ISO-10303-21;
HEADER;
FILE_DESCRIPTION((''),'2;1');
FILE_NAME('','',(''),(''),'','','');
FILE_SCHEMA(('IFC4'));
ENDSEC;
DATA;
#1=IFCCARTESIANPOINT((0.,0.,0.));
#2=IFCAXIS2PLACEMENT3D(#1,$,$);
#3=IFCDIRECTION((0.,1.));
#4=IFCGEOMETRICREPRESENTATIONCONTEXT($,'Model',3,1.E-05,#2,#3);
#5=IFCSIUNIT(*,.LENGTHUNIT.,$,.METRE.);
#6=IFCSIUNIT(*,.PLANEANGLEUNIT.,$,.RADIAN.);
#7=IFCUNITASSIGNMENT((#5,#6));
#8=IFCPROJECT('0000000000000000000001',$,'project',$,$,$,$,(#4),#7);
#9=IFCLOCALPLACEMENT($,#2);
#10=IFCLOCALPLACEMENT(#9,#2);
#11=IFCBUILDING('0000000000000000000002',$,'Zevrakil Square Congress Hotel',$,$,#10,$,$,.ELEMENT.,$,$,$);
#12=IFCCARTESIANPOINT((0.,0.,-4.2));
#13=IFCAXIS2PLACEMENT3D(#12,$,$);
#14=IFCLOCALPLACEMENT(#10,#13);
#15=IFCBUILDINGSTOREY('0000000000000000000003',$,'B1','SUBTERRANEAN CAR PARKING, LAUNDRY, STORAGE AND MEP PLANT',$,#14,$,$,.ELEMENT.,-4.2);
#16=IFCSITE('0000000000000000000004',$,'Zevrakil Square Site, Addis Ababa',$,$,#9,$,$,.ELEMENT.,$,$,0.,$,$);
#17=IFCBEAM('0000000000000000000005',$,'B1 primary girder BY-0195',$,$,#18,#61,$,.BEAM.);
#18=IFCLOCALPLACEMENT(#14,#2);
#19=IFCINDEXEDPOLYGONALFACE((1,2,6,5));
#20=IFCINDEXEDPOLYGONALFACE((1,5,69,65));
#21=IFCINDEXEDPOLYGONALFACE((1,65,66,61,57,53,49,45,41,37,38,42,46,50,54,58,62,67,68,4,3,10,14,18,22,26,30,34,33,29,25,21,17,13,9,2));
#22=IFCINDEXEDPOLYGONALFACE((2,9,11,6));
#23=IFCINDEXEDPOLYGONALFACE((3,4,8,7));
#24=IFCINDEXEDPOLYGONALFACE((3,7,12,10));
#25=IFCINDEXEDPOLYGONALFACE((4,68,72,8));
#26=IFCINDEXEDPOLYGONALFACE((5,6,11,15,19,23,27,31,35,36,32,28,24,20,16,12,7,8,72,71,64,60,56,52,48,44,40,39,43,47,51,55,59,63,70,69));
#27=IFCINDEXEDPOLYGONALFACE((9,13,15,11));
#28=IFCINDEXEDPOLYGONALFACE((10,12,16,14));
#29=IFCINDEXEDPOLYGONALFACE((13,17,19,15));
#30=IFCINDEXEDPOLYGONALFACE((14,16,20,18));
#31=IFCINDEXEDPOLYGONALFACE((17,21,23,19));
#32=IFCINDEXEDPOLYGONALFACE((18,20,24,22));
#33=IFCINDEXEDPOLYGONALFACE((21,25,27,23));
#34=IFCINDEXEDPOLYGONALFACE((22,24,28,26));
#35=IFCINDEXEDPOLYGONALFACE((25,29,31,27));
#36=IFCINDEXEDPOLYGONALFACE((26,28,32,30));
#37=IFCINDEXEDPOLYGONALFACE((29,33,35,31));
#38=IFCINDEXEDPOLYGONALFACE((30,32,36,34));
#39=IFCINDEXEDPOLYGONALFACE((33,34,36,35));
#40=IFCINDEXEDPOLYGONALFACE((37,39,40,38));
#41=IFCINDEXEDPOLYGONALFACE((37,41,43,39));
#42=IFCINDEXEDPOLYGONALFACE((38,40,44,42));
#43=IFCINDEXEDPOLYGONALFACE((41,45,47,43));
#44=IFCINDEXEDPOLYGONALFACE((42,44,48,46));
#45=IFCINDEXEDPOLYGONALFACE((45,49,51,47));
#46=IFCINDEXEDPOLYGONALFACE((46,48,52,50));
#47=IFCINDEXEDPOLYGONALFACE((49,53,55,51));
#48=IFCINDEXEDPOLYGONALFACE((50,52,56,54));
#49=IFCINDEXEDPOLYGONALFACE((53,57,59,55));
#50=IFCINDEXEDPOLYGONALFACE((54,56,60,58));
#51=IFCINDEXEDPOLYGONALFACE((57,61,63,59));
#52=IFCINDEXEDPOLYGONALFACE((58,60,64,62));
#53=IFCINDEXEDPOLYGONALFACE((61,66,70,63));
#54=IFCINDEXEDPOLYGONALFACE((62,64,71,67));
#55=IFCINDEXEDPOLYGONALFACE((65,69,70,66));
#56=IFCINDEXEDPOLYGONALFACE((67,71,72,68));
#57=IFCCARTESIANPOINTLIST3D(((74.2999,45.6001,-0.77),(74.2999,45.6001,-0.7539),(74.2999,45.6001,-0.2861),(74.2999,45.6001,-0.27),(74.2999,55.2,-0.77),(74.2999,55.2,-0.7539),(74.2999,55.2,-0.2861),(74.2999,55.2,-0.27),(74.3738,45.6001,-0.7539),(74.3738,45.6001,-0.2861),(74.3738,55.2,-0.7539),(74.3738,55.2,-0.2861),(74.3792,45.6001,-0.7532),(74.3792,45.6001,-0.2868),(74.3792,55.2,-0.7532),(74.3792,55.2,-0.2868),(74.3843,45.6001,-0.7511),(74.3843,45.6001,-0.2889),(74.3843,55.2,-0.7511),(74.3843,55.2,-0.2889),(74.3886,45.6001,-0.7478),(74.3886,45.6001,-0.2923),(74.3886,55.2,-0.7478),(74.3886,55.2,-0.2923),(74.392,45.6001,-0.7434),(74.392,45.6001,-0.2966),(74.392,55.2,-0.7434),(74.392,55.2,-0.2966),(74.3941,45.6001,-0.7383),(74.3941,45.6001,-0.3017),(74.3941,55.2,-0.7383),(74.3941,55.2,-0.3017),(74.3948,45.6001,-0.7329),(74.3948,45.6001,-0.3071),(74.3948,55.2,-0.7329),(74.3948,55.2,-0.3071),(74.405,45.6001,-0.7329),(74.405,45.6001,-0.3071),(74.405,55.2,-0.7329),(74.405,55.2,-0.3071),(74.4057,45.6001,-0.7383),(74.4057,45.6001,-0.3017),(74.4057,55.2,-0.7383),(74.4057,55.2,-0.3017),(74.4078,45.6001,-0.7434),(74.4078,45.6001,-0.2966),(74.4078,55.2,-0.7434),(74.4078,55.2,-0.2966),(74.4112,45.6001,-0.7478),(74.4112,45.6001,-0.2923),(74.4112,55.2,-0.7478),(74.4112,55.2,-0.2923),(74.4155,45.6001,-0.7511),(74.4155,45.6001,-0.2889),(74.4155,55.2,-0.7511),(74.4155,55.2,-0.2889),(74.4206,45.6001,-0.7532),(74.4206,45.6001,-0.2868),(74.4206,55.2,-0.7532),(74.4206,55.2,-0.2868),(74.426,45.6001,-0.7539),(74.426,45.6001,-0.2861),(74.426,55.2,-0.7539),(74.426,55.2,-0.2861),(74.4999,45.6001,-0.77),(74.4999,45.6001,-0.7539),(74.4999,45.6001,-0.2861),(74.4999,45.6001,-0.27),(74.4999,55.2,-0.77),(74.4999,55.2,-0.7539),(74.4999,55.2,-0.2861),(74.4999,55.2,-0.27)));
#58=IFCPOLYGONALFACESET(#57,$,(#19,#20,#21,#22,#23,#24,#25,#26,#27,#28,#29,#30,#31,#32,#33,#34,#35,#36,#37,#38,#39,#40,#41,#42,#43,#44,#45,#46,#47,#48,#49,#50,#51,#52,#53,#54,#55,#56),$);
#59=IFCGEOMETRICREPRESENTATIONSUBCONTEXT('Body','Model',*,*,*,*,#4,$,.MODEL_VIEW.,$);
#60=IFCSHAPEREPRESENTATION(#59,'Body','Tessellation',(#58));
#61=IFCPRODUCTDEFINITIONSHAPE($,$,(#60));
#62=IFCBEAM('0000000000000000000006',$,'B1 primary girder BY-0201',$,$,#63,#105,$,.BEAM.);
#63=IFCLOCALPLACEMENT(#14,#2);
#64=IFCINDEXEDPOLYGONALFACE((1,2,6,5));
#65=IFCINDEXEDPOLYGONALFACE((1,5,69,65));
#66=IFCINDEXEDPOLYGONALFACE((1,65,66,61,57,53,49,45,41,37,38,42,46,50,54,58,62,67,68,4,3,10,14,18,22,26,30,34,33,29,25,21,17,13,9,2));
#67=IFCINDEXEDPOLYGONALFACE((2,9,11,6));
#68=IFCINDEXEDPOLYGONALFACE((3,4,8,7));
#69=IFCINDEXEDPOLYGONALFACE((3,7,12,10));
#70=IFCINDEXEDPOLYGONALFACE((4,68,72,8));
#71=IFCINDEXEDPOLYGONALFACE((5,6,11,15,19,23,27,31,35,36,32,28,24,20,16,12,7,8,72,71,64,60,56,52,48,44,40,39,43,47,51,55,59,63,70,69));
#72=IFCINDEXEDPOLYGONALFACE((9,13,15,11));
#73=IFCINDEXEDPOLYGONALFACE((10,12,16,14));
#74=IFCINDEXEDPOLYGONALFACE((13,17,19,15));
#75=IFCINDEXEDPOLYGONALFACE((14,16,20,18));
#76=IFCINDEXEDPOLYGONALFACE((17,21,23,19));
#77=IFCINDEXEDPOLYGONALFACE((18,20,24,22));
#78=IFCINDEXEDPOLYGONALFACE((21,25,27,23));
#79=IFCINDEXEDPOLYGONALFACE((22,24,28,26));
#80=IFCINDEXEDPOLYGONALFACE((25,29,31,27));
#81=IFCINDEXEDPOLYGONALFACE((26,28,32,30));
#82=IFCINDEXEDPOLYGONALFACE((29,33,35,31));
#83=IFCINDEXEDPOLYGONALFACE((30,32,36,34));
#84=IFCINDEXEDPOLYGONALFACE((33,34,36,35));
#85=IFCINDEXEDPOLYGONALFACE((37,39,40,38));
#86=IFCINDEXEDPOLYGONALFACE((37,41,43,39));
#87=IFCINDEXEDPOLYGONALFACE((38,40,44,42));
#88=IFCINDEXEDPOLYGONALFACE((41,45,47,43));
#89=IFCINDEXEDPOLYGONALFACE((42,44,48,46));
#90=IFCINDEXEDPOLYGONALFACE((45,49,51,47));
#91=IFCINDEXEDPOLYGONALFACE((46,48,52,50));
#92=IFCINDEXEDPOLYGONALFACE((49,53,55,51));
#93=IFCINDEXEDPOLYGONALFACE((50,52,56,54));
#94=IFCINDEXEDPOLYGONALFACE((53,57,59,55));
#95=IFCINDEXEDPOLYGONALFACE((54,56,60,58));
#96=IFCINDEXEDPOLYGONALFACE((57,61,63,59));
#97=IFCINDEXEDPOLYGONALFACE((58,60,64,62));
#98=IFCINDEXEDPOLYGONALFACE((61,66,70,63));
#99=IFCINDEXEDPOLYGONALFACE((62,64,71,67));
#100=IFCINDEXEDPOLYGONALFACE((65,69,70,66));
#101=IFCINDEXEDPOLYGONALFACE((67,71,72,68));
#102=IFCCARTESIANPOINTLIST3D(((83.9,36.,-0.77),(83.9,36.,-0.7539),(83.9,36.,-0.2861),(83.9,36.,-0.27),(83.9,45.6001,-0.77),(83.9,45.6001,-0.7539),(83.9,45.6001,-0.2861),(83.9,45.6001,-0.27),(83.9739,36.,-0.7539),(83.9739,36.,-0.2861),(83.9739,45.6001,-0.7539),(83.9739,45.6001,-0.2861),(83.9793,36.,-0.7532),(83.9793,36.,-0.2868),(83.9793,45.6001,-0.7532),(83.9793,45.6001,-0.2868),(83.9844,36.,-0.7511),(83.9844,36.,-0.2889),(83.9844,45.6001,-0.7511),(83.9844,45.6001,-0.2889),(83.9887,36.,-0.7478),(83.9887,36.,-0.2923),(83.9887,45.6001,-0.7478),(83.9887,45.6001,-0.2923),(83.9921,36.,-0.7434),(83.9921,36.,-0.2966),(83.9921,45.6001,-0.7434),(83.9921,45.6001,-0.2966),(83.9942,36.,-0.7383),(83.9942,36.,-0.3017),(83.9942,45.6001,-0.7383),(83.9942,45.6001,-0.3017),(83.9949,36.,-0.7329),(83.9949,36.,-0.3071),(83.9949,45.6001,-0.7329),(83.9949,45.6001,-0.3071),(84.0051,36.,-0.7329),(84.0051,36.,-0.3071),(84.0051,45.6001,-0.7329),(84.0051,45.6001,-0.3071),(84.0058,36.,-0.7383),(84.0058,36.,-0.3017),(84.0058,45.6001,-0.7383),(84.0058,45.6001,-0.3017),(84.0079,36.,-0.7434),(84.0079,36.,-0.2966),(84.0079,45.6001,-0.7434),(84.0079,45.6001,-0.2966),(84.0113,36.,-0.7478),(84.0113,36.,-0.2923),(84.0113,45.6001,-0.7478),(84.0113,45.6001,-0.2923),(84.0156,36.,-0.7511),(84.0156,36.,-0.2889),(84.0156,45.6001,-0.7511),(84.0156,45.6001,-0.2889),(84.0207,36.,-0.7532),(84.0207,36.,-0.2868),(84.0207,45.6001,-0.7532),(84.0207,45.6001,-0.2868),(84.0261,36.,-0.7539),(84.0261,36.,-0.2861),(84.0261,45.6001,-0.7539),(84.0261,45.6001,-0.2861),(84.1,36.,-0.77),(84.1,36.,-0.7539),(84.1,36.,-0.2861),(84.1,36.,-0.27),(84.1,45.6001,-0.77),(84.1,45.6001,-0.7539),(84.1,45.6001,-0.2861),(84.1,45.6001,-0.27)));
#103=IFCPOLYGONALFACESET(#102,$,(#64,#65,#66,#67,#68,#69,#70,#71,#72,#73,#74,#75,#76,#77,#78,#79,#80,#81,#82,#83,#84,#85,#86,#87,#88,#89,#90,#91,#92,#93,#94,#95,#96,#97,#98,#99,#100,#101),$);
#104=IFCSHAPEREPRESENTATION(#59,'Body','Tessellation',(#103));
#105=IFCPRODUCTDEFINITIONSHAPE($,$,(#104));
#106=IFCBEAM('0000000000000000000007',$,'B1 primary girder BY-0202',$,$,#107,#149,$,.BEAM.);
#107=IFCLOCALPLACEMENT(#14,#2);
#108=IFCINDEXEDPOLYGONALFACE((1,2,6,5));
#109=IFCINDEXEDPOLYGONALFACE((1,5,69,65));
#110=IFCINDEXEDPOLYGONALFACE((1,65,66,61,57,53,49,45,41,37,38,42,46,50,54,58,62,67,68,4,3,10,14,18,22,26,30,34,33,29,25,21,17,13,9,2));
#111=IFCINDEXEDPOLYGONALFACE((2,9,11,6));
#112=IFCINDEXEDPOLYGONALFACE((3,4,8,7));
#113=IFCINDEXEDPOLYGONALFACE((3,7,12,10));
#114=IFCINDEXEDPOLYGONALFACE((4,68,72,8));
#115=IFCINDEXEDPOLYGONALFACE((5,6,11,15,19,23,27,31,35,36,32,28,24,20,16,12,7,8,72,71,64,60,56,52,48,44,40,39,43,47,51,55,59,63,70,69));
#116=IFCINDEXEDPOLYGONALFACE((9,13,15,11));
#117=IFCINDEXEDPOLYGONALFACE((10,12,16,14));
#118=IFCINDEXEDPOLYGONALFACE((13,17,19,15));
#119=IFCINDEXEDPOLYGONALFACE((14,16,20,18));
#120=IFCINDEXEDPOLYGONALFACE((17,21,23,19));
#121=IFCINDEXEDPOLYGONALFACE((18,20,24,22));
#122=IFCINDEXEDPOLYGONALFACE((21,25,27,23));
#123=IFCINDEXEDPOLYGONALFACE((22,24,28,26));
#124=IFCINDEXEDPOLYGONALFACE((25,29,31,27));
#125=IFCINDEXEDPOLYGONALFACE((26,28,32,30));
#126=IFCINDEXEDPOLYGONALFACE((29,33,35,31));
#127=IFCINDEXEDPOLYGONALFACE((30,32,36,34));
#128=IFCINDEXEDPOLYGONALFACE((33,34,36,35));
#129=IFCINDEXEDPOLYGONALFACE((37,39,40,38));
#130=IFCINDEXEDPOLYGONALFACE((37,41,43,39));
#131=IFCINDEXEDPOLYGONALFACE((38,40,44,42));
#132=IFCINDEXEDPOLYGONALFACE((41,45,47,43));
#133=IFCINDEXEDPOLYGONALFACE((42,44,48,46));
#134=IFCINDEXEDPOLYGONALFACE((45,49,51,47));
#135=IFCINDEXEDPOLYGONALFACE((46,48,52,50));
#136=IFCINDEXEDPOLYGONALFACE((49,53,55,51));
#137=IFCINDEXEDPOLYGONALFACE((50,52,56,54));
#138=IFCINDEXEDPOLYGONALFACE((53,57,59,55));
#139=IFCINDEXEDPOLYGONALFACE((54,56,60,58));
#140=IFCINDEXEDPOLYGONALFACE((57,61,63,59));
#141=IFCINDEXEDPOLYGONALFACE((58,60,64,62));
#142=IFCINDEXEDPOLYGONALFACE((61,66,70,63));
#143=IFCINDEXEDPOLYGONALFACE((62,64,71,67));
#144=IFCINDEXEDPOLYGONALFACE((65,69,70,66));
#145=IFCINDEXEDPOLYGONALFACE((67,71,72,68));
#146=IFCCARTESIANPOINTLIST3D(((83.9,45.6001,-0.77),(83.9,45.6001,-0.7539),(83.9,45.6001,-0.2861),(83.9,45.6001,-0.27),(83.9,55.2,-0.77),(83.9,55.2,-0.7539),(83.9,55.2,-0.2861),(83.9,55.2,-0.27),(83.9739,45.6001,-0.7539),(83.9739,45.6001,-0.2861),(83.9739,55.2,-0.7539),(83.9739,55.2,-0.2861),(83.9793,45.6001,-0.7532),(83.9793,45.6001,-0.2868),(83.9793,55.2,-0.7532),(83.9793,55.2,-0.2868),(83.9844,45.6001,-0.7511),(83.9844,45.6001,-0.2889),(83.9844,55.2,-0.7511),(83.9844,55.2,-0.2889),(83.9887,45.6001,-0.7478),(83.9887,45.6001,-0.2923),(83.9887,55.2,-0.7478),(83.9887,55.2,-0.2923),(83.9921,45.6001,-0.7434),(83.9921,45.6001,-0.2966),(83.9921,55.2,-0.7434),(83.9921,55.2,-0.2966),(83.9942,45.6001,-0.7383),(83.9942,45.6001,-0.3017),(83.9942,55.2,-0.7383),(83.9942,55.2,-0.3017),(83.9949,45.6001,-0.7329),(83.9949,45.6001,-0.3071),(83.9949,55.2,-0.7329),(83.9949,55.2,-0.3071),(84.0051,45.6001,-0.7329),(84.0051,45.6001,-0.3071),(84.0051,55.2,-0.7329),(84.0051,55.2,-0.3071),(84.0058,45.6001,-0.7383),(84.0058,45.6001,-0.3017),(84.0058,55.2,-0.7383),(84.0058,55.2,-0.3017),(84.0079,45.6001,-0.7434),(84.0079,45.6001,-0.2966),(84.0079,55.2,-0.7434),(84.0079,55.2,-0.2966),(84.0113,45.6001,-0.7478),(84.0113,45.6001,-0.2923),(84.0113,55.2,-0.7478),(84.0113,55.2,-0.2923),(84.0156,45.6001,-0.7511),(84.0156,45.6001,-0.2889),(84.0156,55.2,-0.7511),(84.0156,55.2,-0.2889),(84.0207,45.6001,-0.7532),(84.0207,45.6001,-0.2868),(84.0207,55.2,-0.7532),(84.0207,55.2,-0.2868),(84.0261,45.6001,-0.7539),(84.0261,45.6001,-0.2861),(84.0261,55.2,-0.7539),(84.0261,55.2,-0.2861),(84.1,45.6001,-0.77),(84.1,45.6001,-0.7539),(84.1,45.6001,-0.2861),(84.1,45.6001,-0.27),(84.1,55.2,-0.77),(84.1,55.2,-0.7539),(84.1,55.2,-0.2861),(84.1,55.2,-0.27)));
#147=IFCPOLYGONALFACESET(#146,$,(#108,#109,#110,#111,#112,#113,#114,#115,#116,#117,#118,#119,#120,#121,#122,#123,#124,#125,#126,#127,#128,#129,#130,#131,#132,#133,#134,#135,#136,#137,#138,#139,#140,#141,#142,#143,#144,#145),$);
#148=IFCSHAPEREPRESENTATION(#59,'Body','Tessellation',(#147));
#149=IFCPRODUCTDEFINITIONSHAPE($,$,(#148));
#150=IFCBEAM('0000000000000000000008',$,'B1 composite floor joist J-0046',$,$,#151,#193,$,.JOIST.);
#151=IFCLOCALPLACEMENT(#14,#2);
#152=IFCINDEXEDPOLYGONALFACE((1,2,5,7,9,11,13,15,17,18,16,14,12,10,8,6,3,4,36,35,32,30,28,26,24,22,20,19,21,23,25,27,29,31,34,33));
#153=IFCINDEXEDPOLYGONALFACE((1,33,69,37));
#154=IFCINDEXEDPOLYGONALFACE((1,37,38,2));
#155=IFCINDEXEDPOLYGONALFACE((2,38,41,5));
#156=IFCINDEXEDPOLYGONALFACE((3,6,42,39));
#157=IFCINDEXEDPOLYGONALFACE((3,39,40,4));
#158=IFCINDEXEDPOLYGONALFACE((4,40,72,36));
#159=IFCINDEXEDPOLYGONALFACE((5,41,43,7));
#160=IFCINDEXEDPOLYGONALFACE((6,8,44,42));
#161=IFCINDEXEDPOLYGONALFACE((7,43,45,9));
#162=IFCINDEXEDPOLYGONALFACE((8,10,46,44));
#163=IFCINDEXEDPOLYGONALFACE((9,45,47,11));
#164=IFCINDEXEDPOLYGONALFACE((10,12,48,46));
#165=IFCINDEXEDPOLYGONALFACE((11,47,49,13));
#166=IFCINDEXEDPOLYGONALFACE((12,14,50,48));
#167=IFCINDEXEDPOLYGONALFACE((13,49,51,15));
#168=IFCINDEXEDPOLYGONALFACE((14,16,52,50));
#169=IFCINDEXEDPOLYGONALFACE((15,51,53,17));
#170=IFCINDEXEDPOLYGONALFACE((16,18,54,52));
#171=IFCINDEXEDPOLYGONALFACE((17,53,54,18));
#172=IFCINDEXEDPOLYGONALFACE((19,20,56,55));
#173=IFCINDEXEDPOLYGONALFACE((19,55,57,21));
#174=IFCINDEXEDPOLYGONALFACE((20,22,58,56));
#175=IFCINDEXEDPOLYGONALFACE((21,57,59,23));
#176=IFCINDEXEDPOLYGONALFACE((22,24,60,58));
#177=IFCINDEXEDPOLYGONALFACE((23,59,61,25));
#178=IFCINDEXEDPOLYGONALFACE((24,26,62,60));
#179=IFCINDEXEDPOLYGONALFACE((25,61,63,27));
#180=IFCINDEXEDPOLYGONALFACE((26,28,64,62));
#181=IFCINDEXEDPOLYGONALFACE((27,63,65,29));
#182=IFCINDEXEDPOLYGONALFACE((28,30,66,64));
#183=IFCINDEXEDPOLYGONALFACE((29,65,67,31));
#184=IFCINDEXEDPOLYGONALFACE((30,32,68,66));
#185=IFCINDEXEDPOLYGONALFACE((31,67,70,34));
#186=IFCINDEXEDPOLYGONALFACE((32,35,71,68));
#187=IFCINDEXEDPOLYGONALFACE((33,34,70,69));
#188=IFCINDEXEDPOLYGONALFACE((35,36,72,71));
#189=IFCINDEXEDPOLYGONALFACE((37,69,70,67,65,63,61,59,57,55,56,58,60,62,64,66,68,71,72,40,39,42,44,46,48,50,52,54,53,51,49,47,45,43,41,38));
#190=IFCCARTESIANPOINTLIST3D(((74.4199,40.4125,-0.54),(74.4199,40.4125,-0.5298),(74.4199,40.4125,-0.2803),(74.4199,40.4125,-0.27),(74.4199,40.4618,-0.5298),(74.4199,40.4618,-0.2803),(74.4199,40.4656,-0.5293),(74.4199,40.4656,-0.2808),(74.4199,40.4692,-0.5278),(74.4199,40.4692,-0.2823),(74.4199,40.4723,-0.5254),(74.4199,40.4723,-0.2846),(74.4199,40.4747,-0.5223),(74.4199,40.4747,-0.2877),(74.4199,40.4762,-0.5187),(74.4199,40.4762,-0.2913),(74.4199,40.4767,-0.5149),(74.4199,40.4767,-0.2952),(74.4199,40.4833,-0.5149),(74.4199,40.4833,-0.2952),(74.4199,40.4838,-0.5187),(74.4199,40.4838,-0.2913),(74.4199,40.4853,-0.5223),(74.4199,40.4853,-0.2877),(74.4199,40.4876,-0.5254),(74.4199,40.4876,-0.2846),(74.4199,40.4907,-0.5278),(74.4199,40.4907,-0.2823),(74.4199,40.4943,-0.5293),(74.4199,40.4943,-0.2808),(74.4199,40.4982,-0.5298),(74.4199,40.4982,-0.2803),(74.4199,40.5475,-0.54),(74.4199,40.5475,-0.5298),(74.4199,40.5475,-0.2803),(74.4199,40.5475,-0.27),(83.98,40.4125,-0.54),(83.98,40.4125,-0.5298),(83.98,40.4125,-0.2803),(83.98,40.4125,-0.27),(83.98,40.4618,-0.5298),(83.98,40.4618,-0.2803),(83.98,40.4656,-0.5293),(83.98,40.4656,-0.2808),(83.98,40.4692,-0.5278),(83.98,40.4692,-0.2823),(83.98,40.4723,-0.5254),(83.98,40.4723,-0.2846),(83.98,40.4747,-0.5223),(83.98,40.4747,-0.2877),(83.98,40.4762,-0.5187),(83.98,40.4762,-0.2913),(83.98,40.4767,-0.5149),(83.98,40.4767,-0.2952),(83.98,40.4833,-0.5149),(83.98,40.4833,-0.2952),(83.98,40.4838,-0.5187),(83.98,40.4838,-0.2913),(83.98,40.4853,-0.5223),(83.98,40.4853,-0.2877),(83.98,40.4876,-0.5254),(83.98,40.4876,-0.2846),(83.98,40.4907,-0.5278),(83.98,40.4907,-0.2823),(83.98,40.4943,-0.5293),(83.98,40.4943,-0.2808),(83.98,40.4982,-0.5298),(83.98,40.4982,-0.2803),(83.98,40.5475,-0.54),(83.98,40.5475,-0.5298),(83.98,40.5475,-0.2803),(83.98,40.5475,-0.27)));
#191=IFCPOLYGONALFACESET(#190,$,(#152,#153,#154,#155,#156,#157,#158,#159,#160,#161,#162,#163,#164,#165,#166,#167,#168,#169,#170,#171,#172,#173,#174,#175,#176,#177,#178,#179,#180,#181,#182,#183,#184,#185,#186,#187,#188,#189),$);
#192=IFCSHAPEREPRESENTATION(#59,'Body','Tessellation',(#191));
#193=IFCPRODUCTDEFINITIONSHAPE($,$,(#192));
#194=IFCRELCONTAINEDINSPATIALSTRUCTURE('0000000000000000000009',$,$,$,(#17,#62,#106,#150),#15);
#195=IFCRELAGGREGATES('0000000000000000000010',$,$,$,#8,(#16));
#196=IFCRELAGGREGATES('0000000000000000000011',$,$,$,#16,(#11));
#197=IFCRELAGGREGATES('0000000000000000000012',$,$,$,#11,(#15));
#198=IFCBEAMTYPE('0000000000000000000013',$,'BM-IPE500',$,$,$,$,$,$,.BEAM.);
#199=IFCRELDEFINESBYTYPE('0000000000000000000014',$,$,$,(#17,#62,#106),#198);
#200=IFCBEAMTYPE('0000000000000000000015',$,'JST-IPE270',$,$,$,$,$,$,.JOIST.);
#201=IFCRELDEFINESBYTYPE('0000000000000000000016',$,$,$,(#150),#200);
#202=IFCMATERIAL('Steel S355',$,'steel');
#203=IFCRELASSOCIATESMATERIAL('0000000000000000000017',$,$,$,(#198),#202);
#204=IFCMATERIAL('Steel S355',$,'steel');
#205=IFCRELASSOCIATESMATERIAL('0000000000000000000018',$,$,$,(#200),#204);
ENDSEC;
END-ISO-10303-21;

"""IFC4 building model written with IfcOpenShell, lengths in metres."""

from ifc_helpers import new_model, si_unit, direction, frame, origin, origin_2d, place, context, subcontext, project, spatial, i_section, extrude, material, material_profile, profile_set, type_object, element, save


model = new_model("IFC4")

# Units and contexts
model_context = context("Model", 3, precision=1e-05, world=origin(), true_north=direction((0.0, 1.0)))
body_context = subcontext(model_context, "Body", "Model", "MODEL_VIEW")
ifc_project = project(units=[si_unit("LENGTHUNIT", "METRE"), si_unit("PLANEANGLEUNIT", "RADIAN")], contexts=[model_context])

# Site, building, storey
site_placement = place(None, origin())
site = spatial("IfcSite", under=ifc_project, at=site_placement, Name="Zevrakil Square Site, Addis Ababa", CompositionType="ELEMENT", RefElevation=0.0)
building_placement = place(site_placement, origin())
building = spatial("IfcBuilding", under=site, at=building_placement, Name="Zevrakil Square Congress Hotel", CompositionType="ELEMENT")
storey_placement = place(building_placement, frame((0.0, 0.0, -4.2)))
storey = spatial("IfcBuildingStorey", under=building, at=storey_placement, Name="B1", Description="SUBTERRANEAN CAR PARKING, LAUNDRY, STORAGE AND MEP PLANT", CompositionType="ELEMENT", Elevation=-4.2)

# Beams
ifc_material_1 = material(Name="Steel S355", Category="steel")
ifc_material_profile_1 = material_profile(ifc_material_1, i_section(OverallWidth=0.2, OverallDepth=0.5, WebThickness=0.0103, FlangeThickness=0.0161, FilletRadius=0.021, at=origin_2d()), Name="IPE 500")
ifc_profile_set_1 = profile_set([ifc_material_profile_1], Name="Steel S355")
beam_type_1 = type_object("IfcBeamType", Name="BM-IPE500", PredefinedType="BEAM", material=ifc_profile_set_1)
beam_1_placement = place(storey_placement, frame((74.3999, 45.6001, -0.52), z_axis=(0.0, 1.0, 0.0), x_axis=(-1.0, 0.0, 0.0)))
element("IfcBeam", 1, at=beam_1_placement, inside=storey, type_object=beam_type_1, Name="B1 primary girder BY-0195", PredefinedType="BEAM", context=body_context, shape_type="SweptSolid", body=[
    extrude(i_section(OverallWidth=0.2, OverallDepth=0.5, WebThickness=0.0103, FlangeThickness=0.0161, FilletRadius=0.021, at=origin_2d()), origin(), (0.0, 0.0, 1.0), 9.5999),
])
beam_2_placement = place(storey_placement, frame((84.0, 36.0, -0.52), z_axis=(0.0, 1.0, 0.0), x_axis=(-1.0, 0.0, 0.0)))
element("IfcBeam", 2, at=beam_2_placement, inside=storey, type_object=beam_type_1, Name="B1 primary girder BY-0201", PredefinedType="BEAM", context=body_context, shape_type="SweptSolid", body=[
    extrude(i_section(OverallWidth=0.2, OverallDepth=0.5, WebThickness=0.0103, FlangeThickness=0.0161, FilletRadius=0.021, at=origin_2d()), origin(), (0.0, 0.0, 1.0), 9.6001),
])
beam_3_placement = place(storey_placement, frame((84.0, 45.6001, -0.52), z_axis=(0.0, 1.0, 0.0), x_axis=(-1.0, 0.0, 0.0)))
element("IfcBeam", 3, at=beam_3_placement, inside=storey, type_object=beam_type_1, Name="B1 primary girder BY-0202", PredefinedType="BEAM", context=body_context, shape_type="SweptSolid", body=[
    extrude(i_section(OverallWidth=0.2, OverallDepth=0.5, WebThickness=0.0103, FlangeThickness=0.0161, FilletRadius=0.021, at=origin_2d()), origin(), (0.0, 0.0, 1.0), 9.5999),
])
ifc_material_2 = material(Name="Steel S355", Category="steel")
ifc_material_profile_2 = material_profile(ifc_material_2, i_section(OverallWidth=0.135, OverallDepth=0.27, WebThickness=0.0066, FlangeThickness=0.0103, FilletRadius=0.0149, at=origin_2d()), Name="IPE 270")
ifc_profile_set_2 = profile_set([ifc_material_profile_2], Name="Steel S355")
beam_type_2 = type_object("IfcBeamType", Name="JST-IPE270", PredefinedType="JOIST", material=ifc_profile_set_2)
beam_4_placement = place(storey_placement, frame((74.4199, 40.48, -0.405), z_axis=(1.0, 0.0, 0.0), x_axis=(0.0, 1.0, 0.0)))
element("IfcBeam", 4, at=beam_4_placement, inside=storey, type_object=beam_type_2, Name="B1 composite floor joist J-0046", PredefinedType="JOIST", context=body_context, shape_type="SweptSolid", body=[
    extrude(i_section(OverallWidth=0.135, OverallDepth=0.27, WebThickness=0.0066, FlangeThickness=0.0103, FilletRadius=0.0149, at=origin_2d()), origin(), (0.0, 0.0, 1.0), 9.5601),
])

save(model, "model.ifc")
